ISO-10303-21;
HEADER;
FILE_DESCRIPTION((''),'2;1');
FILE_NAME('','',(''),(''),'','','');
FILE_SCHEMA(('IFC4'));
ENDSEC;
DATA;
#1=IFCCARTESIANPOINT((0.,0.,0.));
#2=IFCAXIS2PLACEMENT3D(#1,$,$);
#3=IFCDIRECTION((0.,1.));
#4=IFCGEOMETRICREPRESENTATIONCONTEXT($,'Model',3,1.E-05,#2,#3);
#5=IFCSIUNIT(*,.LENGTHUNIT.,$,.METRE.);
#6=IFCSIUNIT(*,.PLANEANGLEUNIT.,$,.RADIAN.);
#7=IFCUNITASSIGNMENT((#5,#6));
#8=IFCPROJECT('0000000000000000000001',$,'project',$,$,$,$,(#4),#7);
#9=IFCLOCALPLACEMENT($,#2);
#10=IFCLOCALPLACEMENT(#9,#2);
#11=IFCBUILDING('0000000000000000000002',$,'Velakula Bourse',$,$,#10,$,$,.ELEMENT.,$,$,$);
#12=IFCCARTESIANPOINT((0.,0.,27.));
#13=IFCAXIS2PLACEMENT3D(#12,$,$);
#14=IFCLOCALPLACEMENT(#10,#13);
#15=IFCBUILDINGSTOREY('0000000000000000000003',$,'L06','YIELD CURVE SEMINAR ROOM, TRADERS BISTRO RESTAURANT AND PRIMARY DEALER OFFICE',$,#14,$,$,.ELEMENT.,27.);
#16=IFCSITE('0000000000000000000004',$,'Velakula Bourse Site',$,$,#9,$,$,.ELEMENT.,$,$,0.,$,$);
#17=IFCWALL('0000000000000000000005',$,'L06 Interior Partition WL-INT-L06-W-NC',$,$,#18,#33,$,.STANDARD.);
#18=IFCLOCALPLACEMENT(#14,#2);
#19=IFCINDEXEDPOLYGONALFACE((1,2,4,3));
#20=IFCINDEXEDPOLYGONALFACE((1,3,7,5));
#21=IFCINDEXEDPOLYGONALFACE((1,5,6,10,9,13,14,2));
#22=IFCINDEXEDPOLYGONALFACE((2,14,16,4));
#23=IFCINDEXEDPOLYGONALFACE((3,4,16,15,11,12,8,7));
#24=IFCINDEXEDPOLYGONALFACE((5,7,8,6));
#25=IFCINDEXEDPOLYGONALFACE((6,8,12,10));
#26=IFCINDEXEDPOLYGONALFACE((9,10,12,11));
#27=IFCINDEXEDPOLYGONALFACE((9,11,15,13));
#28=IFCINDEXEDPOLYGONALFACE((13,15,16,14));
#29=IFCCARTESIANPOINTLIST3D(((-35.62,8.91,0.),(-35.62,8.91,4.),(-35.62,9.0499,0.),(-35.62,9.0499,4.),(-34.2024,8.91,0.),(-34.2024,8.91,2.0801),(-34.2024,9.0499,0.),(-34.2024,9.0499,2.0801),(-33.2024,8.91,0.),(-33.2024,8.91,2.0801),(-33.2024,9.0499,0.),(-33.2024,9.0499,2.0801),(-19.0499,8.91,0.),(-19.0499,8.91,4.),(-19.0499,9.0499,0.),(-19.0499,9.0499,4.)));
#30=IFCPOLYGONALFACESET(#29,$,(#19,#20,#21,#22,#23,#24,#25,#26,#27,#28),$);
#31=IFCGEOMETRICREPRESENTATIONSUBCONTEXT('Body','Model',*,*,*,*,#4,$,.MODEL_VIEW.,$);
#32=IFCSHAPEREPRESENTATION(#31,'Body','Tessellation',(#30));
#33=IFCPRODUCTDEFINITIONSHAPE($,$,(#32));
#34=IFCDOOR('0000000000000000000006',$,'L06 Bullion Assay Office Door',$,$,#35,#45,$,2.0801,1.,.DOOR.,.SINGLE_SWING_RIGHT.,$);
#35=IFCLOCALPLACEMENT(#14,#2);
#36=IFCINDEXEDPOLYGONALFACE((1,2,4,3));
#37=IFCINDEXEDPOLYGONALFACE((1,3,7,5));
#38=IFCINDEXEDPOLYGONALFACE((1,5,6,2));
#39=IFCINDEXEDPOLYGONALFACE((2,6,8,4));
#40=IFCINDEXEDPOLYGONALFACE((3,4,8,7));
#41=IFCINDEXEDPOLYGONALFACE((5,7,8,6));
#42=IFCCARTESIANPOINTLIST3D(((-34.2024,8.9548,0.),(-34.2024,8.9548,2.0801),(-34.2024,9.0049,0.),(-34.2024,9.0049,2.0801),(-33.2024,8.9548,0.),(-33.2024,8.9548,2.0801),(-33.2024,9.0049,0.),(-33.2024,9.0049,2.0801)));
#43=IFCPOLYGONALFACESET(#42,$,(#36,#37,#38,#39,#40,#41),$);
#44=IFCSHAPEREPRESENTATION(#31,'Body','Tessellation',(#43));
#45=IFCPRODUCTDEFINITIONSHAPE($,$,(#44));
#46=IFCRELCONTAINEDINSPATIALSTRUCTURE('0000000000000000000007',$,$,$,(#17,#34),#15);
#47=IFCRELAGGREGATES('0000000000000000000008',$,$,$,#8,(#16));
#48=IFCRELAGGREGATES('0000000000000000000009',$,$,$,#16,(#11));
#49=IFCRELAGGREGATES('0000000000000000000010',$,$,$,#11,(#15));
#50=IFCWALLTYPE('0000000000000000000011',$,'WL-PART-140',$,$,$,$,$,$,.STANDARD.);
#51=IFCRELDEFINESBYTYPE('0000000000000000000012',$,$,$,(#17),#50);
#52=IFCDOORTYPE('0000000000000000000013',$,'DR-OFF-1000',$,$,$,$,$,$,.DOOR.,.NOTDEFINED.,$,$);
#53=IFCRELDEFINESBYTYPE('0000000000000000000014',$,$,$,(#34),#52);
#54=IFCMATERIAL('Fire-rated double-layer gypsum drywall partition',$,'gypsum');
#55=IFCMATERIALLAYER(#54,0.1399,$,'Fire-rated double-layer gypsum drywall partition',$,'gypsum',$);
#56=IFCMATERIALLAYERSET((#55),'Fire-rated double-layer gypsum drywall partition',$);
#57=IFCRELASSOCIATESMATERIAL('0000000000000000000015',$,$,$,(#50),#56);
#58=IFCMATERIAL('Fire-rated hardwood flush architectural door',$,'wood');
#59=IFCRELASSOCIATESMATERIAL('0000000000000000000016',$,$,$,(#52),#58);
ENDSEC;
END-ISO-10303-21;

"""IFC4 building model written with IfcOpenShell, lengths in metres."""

from ifc_helpers import new_model, si_unit, direction, frame, frame_2d, origin, place, context, subcontext, project, spatial, rectangle, extrude, material, layer, layer_set, type_object, element, fill, save


model = new_model("IFC4")

# Units and contexts
model_context = context("Model", 3, precision=1e-05, world=origin(), true_north=direction((0.0, 1.0)))
body_context = subcontext(model_context, "Body", "Model", "MODEL_VIEW")
ifc_project = project(units=[si_unit("LENGTHUNIT", "METRE"), si_unit("PLANEANGLEUNIT", "RADIAN")], contexts=[model_context])

# Site, building, storey
site_placement = place(None, origin())
site = spatial("IfcSite", under=ifc_project, at=site_placement, Name="Velakula Bourse Site", CompositionType="ELEMENT", RefElevation=0.0)
building_placement = place(site_placement, origin())
building = spatial("IfcBuilding", under=site, at=building_placement, Name="Velakula Bourse", CompositionType="ELEMENT")
storey_placement = place(building_placement, frame((0.0, 0.0, 27.0)))
storey = spatial("IfcBuildingStorey", under=building, at=storey_placement, Name="L06", Description="YIELD CURVE SEMINAR ROOM, TRADERS BISTRO RESTAURANT AND PRIMARY DEALER OFFICE", CompositionType="ELEMENT", Elevation=27.0)

# Shared definitions
ifc_material_1 = material(Name="Fire-rated hardwood flush architectural door", Category="wood")

# Shared definitions
ifc_material_2 = material(Name="Fire-rated double-layer gypsum drywall partition", Category="gypsum")
ifc_layer_1 = layer(ifc_material_2, 0.1399, Name="Fire-rated double-layer gypsum drywall partition", Category="gypsum")
ifc_layer_set_1 = layer_set([ifc_layer_1], Name="Fire-rated double-layer gypsum drywall partition")
wall_type_1 = type_object("IfcWallType", Name="WL-PART-140", PredefinedType="STANDARD", material=ifc_layer_set_1)
door_type_1 = type_object("IfcDoorType", Name="DR-OFF-1000", OperationType="NOTDEFINED", PredefinedType="DOOR", material=ifc_material_1)

# Wall, opening, door
wall_1_placement = place(storey_placement, frame((-35.6201, 8.98, 0.0), z_axis=(0.0, 0.0, 1.0), x_axis=(1.0, 0.0, 0.0)))
wall_1 = element("IfcWall", 1, at=wall_1_placement, inside=storey, type_object=wall_type_1, Name="L06 Interior Partition WL-INT-L06-W-NC", PredefinedType="STANDARD", context=body_context, shape_type="SweptSolid", body=[
    extrude(rectangle(XDim=16.5701, YDim=0.1399, at=frame_2d((8.2852, 0.0))), origin(), (0.0, 0.0, 1.0), 4.0),
])
opening_1_placement = place(wall_1_placement, frame((1.4177, 0.0, 0.0)))
opening_1 = element("IfcOpeningElement", 2, at=opening_1_placement, cuts=wall_1, PredefinedType="OPENING", context=body_context, shape_type="SweptSolid", body=[
    extrude(rectangle(XDim=1.0, YDim=2.0801, at=frame_2d((0.5, 1.04))), frame((0.0, 0.0798, 0.0), z_axis=(0.0, -1.0, 0.0), x_axis=(1.0, 0.0, 0.0)), (0.0, 0.0, 1.0), 0.1599),
])
door_1_placement = place(opening_1_placement, origin())
door_1 = element("IfcDoor", 3, at=door_1_placement, inside=storey, type_object=door_type_1, Name="L06 Bullion Assay Office Door", OperationType="SINGLE_SWING_RIGHT", OverallHeight=2.0801, OverallWidth=1.0, PredefinedType="DOOR", context=body_context, shape_type="SweptSolid", body=[
    extrude(rectangle(XDim=1.0, YDim=2.0801, at=frame_2d((0.5, 1.04))), frame((0.0, 0.0249, 0.0), z_axis=(0.0, -1.0, 0.0), x_axis=(1.0, 0.0, 0.0)), (0.0, 0.0, 1.0), 0.05),
])
fill(opening_1, door_1)

save(model, "model.ifc")
